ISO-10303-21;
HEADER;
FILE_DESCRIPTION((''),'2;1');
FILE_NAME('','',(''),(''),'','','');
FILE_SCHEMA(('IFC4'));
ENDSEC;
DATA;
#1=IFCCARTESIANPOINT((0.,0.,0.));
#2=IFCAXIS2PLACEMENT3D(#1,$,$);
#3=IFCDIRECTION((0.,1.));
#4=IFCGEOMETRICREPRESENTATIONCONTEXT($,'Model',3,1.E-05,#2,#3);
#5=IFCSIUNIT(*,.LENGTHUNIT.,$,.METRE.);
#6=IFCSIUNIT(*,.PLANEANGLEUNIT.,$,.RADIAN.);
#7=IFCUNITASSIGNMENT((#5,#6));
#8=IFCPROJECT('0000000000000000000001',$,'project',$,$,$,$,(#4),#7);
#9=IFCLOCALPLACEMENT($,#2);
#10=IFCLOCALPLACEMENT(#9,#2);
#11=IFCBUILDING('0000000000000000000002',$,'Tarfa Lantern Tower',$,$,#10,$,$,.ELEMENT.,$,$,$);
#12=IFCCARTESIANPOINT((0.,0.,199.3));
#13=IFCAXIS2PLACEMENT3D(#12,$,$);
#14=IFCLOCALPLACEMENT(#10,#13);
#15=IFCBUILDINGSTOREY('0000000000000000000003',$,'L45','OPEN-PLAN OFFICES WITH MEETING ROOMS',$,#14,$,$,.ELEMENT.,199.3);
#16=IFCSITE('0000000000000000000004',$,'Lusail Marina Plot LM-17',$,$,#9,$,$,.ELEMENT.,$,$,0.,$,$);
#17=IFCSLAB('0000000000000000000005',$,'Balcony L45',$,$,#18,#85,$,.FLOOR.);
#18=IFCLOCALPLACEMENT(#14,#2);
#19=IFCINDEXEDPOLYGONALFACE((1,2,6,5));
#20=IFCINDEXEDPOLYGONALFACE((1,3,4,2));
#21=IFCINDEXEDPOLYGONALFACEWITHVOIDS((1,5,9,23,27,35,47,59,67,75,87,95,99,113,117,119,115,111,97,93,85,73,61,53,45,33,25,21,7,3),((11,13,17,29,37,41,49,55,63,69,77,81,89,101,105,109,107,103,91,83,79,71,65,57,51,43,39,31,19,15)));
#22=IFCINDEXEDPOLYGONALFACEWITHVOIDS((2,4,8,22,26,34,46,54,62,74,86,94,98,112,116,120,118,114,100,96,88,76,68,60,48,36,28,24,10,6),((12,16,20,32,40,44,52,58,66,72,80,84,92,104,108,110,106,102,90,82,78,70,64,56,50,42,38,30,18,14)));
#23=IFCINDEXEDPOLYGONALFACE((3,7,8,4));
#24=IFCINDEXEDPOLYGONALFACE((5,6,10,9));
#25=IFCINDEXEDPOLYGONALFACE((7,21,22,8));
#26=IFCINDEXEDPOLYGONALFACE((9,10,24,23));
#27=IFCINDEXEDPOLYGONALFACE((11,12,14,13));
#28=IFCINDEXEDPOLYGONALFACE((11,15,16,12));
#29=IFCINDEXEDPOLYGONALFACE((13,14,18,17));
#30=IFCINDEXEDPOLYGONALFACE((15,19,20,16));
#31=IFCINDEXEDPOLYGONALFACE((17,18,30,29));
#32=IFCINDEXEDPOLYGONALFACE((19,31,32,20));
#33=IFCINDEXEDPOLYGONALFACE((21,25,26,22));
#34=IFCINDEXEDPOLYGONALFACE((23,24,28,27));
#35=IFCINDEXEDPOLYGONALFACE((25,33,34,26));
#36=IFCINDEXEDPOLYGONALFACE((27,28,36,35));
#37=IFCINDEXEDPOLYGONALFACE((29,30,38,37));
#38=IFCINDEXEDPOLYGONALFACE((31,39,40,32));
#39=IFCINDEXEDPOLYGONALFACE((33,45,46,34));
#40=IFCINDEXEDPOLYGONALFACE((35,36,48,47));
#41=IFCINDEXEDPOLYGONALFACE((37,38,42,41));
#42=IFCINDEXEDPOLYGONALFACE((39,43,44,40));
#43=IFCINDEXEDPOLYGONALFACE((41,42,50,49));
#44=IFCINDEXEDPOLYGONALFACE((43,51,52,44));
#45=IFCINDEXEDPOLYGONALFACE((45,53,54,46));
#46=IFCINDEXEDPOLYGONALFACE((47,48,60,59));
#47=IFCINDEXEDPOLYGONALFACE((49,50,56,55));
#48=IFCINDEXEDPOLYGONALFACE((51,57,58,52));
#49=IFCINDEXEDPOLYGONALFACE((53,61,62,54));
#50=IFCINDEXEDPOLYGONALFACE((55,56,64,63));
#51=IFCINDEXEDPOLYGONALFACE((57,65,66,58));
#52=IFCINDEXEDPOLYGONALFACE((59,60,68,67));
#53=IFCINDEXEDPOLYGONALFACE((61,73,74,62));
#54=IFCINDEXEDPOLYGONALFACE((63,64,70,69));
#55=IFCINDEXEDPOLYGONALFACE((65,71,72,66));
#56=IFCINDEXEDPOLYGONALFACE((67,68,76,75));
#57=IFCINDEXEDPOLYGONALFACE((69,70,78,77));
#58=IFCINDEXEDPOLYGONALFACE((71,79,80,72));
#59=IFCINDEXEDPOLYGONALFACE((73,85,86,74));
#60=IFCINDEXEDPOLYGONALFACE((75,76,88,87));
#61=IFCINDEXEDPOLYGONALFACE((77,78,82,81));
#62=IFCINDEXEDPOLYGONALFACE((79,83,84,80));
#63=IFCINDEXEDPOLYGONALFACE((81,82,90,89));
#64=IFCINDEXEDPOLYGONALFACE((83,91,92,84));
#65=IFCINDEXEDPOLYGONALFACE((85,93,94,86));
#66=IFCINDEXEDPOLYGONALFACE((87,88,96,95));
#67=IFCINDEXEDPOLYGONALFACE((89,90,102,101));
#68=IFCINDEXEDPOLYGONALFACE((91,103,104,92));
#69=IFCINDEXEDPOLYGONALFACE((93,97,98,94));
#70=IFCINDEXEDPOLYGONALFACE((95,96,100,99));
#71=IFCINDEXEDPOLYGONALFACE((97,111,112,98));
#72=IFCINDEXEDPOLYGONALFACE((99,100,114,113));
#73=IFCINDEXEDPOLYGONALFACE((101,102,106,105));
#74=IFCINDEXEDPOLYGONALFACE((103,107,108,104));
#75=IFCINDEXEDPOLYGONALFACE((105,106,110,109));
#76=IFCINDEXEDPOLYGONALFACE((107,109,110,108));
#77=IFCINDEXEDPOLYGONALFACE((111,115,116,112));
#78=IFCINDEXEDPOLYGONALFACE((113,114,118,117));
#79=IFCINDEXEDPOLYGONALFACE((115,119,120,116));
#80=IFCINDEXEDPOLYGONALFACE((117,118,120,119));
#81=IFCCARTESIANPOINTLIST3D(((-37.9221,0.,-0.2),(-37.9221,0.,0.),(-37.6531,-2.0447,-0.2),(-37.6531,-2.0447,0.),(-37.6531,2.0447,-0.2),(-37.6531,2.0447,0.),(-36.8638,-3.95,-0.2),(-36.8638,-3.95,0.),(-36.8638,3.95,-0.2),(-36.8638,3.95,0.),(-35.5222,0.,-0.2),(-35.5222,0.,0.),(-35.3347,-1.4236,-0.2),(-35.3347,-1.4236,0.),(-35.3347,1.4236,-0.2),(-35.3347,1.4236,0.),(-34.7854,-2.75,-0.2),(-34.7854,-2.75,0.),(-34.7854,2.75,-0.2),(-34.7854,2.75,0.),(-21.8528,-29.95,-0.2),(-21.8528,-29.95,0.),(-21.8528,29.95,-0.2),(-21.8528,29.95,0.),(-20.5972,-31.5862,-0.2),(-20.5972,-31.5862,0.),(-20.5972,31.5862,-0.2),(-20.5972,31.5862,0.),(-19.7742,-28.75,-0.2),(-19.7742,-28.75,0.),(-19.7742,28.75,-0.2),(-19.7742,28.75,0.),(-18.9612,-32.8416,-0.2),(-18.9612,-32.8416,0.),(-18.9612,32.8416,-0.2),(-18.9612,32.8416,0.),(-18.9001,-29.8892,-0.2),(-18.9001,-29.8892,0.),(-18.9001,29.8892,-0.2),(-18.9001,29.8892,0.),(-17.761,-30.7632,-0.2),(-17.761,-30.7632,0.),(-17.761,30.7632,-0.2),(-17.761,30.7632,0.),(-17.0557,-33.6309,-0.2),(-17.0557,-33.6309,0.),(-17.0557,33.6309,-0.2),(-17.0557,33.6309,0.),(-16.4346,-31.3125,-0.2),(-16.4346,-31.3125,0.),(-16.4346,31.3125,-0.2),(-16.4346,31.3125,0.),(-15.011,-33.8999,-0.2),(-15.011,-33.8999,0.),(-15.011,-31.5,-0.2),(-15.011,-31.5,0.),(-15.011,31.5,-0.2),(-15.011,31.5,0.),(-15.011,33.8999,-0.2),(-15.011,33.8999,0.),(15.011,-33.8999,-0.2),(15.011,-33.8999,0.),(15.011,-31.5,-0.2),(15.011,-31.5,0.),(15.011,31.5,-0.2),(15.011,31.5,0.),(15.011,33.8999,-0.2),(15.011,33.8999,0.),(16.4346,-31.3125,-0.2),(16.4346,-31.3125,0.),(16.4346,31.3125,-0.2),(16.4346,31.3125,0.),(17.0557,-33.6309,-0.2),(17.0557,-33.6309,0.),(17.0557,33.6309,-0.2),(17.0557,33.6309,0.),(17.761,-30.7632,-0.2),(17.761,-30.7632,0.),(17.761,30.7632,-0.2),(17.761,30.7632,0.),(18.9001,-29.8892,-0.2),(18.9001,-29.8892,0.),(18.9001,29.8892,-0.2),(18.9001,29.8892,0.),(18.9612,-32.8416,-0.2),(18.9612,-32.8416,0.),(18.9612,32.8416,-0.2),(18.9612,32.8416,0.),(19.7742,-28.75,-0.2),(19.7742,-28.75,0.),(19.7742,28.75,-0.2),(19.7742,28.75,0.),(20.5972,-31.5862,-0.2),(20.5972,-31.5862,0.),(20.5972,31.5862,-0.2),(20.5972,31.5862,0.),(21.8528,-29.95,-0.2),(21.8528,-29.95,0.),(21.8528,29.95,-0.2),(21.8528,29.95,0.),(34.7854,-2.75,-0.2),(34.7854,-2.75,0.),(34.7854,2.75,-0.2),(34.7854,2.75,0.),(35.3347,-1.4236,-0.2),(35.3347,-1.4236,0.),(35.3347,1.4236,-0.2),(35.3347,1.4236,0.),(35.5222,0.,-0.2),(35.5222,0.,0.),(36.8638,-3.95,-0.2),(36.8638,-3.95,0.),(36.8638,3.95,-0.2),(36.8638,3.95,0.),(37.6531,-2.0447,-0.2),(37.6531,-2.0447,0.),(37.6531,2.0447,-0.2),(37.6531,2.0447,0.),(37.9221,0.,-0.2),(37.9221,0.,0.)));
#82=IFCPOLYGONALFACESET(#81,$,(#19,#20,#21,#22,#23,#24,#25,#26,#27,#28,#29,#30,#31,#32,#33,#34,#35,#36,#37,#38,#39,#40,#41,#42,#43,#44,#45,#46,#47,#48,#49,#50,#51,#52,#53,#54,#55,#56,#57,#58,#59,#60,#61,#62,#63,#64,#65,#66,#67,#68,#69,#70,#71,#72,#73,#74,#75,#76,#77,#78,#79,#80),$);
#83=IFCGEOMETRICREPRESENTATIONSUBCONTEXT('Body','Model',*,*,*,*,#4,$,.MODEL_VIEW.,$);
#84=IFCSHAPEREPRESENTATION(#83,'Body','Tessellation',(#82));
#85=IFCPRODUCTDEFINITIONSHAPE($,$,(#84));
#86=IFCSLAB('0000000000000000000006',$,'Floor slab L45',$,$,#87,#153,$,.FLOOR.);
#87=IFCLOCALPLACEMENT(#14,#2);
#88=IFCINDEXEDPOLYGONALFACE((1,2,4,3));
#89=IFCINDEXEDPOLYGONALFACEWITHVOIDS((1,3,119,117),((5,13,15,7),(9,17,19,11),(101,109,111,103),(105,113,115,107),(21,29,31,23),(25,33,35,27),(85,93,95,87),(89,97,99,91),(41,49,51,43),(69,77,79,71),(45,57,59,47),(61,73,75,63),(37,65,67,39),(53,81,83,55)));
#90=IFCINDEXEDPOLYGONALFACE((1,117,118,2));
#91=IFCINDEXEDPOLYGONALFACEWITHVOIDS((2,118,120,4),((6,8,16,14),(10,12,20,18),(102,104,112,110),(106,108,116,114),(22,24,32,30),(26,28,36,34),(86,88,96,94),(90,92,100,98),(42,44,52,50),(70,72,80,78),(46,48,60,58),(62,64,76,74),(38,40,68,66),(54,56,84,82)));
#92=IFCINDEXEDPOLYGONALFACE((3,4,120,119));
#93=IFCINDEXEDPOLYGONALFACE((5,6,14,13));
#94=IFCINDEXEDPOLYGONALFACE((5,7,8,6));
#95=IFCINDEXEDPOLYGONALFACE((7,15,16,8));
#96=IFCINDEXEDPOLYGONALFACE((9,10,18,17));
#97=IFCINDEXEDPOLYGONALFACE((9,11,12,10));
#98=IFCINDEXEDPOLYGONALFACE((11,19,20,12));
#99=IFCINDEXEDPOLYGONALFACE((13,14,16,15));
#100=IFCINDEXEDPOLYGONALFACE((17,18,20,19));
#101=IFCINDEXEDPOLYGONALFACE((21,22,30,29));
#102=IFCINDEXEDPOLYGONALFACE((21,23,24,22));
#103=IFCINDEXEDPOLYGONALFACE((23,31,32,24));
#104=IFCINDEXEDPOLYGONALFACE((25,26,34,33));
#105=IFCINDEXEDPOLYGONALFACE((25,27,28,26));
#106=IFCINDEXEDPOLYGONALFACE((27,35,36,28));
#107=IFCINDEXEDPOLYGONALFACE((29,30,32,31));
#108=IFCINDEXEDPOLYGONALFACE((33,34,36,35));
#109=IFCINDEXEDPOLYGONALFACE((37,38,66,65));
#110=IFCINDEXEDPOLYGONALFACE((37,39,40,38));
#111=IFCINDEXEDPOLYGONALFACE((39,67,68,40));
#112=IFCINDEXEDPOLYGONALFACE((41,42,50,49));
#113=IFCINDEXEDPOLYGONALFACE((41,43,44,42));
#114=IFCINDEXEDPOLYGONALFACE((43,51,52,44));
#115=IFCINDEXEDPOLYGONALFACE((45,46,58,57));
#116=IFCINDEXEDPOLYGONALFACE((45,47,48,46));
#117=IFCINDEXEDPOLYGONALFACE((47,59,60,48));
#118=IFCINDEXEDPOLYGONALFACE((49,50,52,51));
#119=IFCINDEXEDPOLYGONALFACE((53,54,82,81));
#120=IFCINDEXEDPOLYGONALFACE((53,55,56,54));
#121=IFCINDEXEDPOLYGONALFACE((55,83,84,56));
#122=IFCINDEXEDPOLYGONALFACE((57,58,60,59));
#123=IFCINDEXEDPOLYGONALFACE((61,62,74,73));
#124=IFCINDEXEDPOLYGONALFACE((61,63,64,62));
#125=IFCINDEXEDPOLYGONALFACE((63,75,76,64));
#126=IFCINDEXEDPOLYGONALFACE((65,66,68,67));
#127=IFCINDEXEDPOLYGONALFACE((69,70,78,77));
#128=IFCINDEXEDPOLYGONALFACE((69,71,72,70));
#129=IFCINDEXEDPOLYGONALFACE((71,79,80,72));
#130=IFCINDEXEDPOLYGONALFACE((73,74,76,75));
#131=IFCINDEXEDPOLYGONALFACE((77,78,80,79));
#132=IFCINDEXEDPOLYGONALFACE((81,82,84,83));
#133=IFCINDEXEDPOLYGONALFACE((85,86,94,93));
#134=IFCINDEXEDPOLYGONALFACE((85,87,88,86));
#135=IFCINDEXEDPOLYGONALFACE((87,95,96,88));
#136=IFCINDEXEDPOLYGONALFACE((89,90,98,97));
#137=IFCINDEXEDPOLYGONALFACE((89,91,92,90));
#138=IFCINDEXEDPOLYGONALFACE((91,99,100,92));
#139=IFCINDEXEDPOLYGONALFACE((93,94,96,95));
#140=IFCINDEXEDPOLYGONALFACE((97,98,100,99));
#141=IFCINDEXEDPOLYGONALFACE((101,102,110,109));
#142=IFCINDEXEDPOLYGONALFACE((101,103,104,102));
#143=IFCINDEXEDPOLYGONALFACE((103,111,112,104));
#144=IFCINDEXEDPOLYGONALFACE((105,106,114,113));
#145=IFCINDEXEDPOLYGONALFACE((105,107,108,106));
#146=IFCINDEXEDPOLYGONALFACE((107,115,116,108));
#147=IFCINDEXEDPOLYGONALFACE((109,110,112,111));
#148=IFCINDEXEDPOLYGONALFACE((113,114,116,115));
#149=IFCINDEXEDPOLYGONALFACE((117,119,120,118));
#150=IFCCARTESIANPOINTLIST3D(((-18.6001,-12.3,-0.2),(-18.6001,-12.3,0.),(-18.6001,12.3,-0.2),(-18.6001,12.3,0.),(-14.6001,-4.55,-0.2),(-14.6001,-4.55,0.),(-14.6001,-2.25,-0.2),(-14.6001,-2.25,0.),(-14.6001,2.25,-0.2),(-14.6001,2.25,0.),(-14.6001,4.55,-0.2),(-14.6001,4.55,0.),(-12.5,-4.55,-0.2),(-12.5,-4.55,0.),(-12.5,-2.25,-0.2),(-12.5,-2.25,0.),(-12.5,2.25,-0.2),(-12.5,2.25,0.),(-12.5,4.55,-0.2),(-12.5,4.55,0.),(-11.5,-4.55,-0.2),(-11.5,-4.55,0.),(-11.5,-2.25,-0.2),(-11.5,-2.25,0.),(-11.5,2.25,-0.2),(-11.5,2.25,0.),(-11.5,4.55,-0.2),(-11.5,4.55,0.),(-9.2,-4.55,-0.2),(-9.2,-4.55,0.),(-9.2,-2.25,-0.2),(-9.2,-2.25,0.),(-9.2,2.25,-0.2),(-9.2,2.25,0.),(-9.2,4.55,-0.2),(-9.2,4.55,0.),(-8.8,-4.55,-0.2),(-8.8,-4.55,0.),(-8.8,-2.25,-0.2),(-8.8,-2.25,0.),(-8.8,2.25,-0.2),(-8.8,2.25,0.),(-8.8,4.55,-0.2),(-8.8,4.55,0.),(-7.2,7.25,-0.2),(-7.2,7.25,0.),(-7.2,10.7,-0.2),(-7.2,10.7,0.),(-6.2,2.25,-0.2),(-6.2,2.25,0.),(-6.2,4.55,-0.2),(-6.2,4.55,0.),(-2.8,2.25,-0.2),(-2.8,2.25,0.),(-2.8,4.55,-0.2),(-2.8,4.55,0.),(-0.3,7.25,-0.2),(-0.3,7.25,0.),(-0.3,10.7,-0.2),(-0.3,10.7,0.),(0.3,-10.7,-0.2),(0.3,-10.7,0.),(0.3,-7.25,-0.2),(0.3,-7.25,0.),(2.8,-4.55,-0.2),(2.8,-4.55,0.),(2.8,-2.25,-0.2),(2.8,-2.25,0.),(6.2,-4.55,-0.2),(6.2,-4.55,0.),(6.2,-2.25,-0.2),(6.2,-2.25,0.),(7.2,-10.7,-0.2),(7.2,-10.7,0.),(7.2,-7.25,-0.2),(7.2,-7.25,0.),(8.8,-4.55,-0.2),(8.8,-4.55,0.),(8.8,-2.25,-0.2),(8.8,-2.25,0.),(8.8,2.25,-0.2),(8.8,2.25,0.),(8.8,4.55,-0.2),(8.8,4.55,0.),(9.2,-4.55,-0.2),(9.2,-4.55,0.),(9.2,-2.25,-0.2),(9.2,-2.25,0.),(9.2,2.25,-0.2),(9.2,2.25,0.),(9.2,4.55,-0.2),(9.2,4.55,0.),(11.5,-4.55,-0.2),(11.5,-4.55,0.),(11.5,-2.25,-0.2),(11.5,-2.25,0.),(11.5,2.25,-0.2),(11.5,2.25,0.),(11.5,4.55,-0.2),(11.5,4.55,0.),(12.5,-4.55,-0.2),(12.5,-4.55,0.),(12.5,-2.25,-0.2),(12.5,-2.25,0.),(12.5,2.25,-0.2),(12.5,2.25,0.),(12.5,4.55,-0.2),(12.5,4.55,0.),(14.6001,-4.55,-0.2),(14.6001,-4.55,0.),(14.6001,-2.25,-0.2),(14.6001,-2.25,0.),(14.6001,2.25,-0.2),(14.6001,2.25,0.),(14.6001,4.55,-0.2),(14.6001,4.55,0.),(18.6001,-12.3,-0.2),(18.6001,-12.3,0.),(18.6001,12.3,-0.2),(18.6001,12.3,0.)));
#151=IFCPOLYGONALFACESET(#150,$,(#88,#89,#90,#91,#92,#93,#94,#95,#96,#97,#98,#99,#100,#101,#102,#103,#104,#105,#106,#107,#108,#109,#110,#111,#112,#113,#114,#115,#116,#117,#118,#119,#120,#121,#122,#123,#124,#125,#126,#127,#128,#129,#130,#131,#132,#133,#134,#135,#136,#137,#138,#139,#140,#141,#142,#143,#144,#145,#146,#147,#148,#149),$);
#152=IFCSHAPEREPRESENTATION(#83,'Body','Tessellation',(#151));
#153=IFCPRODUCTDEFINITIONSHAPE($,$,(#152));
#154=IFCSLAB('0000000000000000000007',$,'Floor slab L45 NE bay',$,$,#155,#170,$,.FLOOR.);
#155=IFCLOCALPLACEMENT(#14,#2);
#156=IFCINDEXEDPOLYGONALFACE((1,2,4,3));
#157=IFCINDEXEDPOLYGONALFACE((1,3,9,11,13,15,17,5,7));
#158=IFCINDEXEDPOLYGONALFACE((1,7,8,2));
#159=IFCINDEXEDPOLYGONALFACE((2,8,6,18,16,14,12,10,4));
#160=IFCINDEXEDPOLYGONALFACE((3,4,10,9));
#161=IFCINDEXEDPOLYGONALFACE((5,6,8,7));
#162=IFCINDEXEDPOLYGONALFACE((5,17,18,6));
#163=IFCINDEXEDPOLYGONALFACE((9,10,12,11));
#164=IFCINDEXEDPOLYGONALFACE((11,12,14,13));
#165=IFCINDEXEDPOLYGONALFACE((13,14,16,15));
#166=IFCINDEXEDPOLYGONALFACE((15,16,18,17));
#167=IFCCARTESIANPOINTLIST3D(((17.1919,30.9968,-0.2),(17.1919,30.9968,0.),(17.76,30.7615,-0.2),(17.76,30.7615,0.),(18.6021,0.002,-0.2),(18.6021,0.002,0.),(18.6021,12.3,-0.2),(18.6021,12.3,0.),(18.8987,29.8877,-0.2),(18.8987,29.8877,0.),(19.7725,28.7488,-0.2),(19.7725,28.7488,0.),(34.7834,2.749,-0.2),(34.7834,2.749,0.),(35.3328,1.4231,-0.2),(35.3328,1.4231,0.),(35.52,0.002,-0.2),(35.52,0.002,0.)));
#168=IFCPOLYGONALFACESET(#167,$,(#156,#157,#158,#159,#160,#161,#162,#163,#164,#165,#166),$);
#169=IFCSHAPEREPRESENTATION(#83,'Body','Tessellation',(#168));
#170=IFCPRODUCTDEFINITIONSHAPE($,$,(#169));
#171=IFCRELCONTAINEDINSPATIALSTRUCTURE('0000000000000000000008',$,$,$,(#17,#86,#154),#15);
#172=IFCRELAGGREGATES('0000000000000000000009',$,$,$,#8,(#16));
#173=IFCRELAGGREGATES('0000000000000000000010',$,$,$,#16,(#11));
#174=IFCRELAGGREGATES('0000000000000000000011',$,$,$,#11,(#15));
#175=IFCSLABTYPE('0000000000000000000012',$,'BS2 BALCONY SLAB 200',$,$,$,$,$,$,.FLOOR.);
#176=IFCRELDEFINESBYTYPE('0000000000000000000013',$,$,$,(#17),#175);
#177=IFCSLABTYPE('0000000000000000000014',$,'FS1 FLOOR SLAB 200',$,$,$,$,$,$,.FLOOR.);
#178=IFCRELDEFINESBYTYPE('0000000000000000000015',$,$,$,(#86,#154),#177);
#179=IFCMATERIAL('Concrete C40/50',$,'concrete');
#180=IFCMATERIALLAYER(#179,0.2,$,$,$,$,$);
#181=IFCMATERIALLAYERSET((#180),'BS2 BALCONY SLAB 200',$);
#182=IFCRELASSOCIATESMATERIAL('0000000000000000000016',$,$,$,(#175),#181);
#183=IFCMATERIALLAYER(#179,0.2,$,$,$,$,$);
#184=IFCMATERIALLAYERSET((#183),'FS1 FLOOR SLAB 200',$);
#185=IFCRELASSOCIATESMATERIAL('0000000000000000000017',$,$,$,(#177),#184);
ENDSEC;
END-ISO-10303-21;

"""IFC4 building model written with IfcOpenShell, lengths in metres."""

from ifc_helpers import new_model, si_unit, direction, frame, origin, place, context, subcontext, project, spatial, polyline, outline, extrude, material, layer, layer_set, type_object, element, save


model = new_model("IFC4")

# Units and contexts
model_context = context("Model", 3, precision=1e-05, world=origin(), true_north=direction((0.0, 1.0)))
body_context = subcontext(model_context, "Body", "Model", "MODEL_VIEW")
ifc_project = project(units=[si_unit("LENGTHUNIT", "METRE"), si_unit("PLANEANGLEUNIT", "RADIAN")], contexts=[model_context])

# Site, building, storey
site_placement = place(None, origin())
site = spatial("IfcSite", under=ifc_project, at=site_placement, Name="Lusail Marina Plot LM-17", CompositionType="ELEMENT", RefElevation=0.0)
building_placement = place(site_placement, origin())
building = spatial("IfcBuilding", under=site, at=building_placement, Name="Tarfa Lantern Tower", CompositionType="ELEMENT")
storey_placement = place(building_placement, frame((0.0, 0.0, 199.3)))
storey = spatial("IfcBuildingStorey", under=building, at=storey_placement, Name="L45", Description="OPEN-PLAN OFFICES WITH MEETING ROOMS", CompositionType="ELEMENT", Elevation=199.3)

# Slabs
ifc_material_1 = material(Name="Concrete C40/50", Category="concrete")
ifc_layer_1 = layer(ifc_material_1, 0.2)
ifc_layer_set_1 = layer_set([ifc_layer_1], Name="BS2 BALCONY SLAB 200")
slab_type_1 = type_object("IfcSlabType", Name="BS2 BALCONY SLAB 200", PredefinedType="FLOOR", material=ifc_layer_set_1)
slab_1_placement = place(storey_placement, frame((0.0, 0.0, -0.2)))
element("IfcSlab", 1, at=slab_1_placement, inside=storey, type_object=slab_type_1, Name="Balcony L45", PredefinedType="FLOOR", context=body_context, shape_type="SweptSolid", body=[
    extrude(outline(polyline([(36.8638, 3.95), (21.8528, 29.95), (20.5972, 31.5862), (18.9612, 32.8416), (17.0557, 33.6309), (15.011, 33.8999), (-15.011, 33.8999), (-17.0557, 33.6309), (-18.9612, 32.8416), (-20.5972, 31.5862), (-21.8528, 29.95), (-36.8638, 3.95), (-37.6531, 2.0447), (-37.9221, 0.0), (-37.6531, -2.0447), (-36.8638, -3.95), (-21.8528, -29.95), (-20.5972, -31.5862), (-18.9612, -32.8416), (-17.0557, -33.6309), (-15.011, -33.8999), (15.011, -33.8999), (17.0557, -33.6309), (18.9612, -32.8416), (20.5972, -31.5862), (21.8528, -29.95), (36.8638, -3.95), (37.6531, -2.0447), (37.9221, 0.0), (37.6531, 2.0447), (36.8638, 3.95)]), holes=[polyline([(34.7854, 2.75), (19.7742, 28.75), (18.9001, 29.8892), (17.761, 30.7632), (16.4346, 31.3125), (15.011, 31.5), (-15.011, 31.5), (-16.4346, 31.3125), (-17.761, 30.7632), (-18.9001, 29.8892), (-19.7742, 28.75), (-34.7854, 2.75), (-35.3347, 1.4236), (-35.5222, 0.0), (-35.3347, -1.4236), (-34.7854, -2.75), (-19.7742, -28.75), (-18.9001, -29.8892), (-17.761, -30.7632), (-16.4346, -31.3125), (-15.011, -31.5), (15.011, -31.5), (16.4346, -31.3125), (17.761, -30.7632), (18.9001, -29.8892), (19.7742, -28.75), (34.7854, -2.75), (35.3347, -1.4236), (35.5222, 0.0), (35.3347, 1.4236), (34.7854, 2.75)])]), origin(), (0.0, 0.0, 1.0), 0.2),
])
ifc_layer_2 = layer(ifc_material_1, 0.2)
ifc_layer_set_2 = layer_set([ifc_layer_2], Name="FS1 FLOOR SLAB 200")
slab_type_2 = type_object("IfcSlabType", Name="FS1 FLOOR SLAB 200", PredefinedType="FLOOR", material=ifc_layer_set_2)
slab_2_placement = place(storey_placement, frame((0.0, 0.0, -0.2)))
element("IfcSlab", 2, at=slab_2_placement, inside=storey, type_object=slab_type_2, Name="Floor slab L45", PredefinedType="FLOOR", context=body_context, shape_type="SweptSolid", body=[
    extrude(outline(polyline([(-18.6001, -12.3), (18.6001, -12.3), (18.6001, 12.3), (-18.6001, 12.3), (-18.6001, -12.3)]), holes=[polyline([(-14.6001, 2.25), (-12.5, 2.25), (-12.5, 4.55), (-14.6001, 4.55), (-14.6001, 2.25)]), polyline([(-11.5, 2.25), (-9.2, 2.25), (-9.2, 4.55), (-11.5, 4.55), (-11.5, 2.25)]), polyline([(-8.8, 2.25), (-6.2, 2.25), (-6.2, 4.55), (-8.8, 4.55), (-8.8, 2.25)]), polyline([(-2.8, 2.25), (8.8, 2.25), (8.8, 4.55), (-2.8, 4.55), (-2.8, 2.25)]), polyline([(9.2, 2.25), (11.5, 2.25), (11.5, 4.55), (9.2, 4.55), (9.2, 2.25)]), polyline([(12.5, 2.25), (14.6001, 2.25), (14.6001, 4.55), (12.5, 4.55), (12.5, 2.25)]), polyline([(14.6001, -2.25), (12.5, -2.25), (12.5, -4.55), (14.6001, -4.55), (14.6001, -2.25)]), polyline([(11.5, -2.25), (9.2, -2.25), (9.2, -4.55), (11.5, -4.55), (11.5, -2.25)]), polyline([(8.8, -2.25), (6.2, -2.25), (6.2, -4.55), (8.8, -4.55), (8.8, -2.25)]), polyline([(2.8, -2.25), (-8.8, -2.25), (-8.8, -4.55), (2.8, -4.55), (2.8, -2.25)]), polyline([(-9.2, -2.25), (-11.5, -2.25), (-11.5, -4.55), (-9.2, -4.55), (-9.2, -2.25)]), polyline([(-12.5, -2.25), (-14.6001, -2.25), (-14.6001, -4.55), (-12.5, -4.55), (-12.5, -2.25)]), polyline([(-7.2, 7.25), (-0.3, 7.25), (-0.3, 10.7), (-7.2, 10.7), (-7.2, 7.25)]), polyline([(7.2, -7.25), (0.3, -7.25), (0.3, -10.7), (7.2, -10.7), (7.2, -7.25)])]), origin(), (0.0, 0.0, 1.0), 0.2),
])
slab_3_placement = place(storey_placement, frame((0.0, 0.0, -0.2)))
element("IfcSlab", 3, at=slab_3_placement, inside=storey, type_object=slab_type_2, Name="Floor slab L45 NE bay", PredefinedType="FLOOR", context=body_context, shape_type="SweptSolid", body=[
    extrude(outline(polyline([(34.7834, 2.749), (19.7725, 28.7488), (18.8987, 29.8877), (17.76, 30.7615), (17.1919, 30.9968), (18.6021, 12.3), (18.6021, 0.002), (35.52, 0.002), (35.3328, 1.4231), (34.7834, 2.749)])), origin(), (0.0, 0.0, 1.0), 0.2),
])

save(model, "model.ifc")
